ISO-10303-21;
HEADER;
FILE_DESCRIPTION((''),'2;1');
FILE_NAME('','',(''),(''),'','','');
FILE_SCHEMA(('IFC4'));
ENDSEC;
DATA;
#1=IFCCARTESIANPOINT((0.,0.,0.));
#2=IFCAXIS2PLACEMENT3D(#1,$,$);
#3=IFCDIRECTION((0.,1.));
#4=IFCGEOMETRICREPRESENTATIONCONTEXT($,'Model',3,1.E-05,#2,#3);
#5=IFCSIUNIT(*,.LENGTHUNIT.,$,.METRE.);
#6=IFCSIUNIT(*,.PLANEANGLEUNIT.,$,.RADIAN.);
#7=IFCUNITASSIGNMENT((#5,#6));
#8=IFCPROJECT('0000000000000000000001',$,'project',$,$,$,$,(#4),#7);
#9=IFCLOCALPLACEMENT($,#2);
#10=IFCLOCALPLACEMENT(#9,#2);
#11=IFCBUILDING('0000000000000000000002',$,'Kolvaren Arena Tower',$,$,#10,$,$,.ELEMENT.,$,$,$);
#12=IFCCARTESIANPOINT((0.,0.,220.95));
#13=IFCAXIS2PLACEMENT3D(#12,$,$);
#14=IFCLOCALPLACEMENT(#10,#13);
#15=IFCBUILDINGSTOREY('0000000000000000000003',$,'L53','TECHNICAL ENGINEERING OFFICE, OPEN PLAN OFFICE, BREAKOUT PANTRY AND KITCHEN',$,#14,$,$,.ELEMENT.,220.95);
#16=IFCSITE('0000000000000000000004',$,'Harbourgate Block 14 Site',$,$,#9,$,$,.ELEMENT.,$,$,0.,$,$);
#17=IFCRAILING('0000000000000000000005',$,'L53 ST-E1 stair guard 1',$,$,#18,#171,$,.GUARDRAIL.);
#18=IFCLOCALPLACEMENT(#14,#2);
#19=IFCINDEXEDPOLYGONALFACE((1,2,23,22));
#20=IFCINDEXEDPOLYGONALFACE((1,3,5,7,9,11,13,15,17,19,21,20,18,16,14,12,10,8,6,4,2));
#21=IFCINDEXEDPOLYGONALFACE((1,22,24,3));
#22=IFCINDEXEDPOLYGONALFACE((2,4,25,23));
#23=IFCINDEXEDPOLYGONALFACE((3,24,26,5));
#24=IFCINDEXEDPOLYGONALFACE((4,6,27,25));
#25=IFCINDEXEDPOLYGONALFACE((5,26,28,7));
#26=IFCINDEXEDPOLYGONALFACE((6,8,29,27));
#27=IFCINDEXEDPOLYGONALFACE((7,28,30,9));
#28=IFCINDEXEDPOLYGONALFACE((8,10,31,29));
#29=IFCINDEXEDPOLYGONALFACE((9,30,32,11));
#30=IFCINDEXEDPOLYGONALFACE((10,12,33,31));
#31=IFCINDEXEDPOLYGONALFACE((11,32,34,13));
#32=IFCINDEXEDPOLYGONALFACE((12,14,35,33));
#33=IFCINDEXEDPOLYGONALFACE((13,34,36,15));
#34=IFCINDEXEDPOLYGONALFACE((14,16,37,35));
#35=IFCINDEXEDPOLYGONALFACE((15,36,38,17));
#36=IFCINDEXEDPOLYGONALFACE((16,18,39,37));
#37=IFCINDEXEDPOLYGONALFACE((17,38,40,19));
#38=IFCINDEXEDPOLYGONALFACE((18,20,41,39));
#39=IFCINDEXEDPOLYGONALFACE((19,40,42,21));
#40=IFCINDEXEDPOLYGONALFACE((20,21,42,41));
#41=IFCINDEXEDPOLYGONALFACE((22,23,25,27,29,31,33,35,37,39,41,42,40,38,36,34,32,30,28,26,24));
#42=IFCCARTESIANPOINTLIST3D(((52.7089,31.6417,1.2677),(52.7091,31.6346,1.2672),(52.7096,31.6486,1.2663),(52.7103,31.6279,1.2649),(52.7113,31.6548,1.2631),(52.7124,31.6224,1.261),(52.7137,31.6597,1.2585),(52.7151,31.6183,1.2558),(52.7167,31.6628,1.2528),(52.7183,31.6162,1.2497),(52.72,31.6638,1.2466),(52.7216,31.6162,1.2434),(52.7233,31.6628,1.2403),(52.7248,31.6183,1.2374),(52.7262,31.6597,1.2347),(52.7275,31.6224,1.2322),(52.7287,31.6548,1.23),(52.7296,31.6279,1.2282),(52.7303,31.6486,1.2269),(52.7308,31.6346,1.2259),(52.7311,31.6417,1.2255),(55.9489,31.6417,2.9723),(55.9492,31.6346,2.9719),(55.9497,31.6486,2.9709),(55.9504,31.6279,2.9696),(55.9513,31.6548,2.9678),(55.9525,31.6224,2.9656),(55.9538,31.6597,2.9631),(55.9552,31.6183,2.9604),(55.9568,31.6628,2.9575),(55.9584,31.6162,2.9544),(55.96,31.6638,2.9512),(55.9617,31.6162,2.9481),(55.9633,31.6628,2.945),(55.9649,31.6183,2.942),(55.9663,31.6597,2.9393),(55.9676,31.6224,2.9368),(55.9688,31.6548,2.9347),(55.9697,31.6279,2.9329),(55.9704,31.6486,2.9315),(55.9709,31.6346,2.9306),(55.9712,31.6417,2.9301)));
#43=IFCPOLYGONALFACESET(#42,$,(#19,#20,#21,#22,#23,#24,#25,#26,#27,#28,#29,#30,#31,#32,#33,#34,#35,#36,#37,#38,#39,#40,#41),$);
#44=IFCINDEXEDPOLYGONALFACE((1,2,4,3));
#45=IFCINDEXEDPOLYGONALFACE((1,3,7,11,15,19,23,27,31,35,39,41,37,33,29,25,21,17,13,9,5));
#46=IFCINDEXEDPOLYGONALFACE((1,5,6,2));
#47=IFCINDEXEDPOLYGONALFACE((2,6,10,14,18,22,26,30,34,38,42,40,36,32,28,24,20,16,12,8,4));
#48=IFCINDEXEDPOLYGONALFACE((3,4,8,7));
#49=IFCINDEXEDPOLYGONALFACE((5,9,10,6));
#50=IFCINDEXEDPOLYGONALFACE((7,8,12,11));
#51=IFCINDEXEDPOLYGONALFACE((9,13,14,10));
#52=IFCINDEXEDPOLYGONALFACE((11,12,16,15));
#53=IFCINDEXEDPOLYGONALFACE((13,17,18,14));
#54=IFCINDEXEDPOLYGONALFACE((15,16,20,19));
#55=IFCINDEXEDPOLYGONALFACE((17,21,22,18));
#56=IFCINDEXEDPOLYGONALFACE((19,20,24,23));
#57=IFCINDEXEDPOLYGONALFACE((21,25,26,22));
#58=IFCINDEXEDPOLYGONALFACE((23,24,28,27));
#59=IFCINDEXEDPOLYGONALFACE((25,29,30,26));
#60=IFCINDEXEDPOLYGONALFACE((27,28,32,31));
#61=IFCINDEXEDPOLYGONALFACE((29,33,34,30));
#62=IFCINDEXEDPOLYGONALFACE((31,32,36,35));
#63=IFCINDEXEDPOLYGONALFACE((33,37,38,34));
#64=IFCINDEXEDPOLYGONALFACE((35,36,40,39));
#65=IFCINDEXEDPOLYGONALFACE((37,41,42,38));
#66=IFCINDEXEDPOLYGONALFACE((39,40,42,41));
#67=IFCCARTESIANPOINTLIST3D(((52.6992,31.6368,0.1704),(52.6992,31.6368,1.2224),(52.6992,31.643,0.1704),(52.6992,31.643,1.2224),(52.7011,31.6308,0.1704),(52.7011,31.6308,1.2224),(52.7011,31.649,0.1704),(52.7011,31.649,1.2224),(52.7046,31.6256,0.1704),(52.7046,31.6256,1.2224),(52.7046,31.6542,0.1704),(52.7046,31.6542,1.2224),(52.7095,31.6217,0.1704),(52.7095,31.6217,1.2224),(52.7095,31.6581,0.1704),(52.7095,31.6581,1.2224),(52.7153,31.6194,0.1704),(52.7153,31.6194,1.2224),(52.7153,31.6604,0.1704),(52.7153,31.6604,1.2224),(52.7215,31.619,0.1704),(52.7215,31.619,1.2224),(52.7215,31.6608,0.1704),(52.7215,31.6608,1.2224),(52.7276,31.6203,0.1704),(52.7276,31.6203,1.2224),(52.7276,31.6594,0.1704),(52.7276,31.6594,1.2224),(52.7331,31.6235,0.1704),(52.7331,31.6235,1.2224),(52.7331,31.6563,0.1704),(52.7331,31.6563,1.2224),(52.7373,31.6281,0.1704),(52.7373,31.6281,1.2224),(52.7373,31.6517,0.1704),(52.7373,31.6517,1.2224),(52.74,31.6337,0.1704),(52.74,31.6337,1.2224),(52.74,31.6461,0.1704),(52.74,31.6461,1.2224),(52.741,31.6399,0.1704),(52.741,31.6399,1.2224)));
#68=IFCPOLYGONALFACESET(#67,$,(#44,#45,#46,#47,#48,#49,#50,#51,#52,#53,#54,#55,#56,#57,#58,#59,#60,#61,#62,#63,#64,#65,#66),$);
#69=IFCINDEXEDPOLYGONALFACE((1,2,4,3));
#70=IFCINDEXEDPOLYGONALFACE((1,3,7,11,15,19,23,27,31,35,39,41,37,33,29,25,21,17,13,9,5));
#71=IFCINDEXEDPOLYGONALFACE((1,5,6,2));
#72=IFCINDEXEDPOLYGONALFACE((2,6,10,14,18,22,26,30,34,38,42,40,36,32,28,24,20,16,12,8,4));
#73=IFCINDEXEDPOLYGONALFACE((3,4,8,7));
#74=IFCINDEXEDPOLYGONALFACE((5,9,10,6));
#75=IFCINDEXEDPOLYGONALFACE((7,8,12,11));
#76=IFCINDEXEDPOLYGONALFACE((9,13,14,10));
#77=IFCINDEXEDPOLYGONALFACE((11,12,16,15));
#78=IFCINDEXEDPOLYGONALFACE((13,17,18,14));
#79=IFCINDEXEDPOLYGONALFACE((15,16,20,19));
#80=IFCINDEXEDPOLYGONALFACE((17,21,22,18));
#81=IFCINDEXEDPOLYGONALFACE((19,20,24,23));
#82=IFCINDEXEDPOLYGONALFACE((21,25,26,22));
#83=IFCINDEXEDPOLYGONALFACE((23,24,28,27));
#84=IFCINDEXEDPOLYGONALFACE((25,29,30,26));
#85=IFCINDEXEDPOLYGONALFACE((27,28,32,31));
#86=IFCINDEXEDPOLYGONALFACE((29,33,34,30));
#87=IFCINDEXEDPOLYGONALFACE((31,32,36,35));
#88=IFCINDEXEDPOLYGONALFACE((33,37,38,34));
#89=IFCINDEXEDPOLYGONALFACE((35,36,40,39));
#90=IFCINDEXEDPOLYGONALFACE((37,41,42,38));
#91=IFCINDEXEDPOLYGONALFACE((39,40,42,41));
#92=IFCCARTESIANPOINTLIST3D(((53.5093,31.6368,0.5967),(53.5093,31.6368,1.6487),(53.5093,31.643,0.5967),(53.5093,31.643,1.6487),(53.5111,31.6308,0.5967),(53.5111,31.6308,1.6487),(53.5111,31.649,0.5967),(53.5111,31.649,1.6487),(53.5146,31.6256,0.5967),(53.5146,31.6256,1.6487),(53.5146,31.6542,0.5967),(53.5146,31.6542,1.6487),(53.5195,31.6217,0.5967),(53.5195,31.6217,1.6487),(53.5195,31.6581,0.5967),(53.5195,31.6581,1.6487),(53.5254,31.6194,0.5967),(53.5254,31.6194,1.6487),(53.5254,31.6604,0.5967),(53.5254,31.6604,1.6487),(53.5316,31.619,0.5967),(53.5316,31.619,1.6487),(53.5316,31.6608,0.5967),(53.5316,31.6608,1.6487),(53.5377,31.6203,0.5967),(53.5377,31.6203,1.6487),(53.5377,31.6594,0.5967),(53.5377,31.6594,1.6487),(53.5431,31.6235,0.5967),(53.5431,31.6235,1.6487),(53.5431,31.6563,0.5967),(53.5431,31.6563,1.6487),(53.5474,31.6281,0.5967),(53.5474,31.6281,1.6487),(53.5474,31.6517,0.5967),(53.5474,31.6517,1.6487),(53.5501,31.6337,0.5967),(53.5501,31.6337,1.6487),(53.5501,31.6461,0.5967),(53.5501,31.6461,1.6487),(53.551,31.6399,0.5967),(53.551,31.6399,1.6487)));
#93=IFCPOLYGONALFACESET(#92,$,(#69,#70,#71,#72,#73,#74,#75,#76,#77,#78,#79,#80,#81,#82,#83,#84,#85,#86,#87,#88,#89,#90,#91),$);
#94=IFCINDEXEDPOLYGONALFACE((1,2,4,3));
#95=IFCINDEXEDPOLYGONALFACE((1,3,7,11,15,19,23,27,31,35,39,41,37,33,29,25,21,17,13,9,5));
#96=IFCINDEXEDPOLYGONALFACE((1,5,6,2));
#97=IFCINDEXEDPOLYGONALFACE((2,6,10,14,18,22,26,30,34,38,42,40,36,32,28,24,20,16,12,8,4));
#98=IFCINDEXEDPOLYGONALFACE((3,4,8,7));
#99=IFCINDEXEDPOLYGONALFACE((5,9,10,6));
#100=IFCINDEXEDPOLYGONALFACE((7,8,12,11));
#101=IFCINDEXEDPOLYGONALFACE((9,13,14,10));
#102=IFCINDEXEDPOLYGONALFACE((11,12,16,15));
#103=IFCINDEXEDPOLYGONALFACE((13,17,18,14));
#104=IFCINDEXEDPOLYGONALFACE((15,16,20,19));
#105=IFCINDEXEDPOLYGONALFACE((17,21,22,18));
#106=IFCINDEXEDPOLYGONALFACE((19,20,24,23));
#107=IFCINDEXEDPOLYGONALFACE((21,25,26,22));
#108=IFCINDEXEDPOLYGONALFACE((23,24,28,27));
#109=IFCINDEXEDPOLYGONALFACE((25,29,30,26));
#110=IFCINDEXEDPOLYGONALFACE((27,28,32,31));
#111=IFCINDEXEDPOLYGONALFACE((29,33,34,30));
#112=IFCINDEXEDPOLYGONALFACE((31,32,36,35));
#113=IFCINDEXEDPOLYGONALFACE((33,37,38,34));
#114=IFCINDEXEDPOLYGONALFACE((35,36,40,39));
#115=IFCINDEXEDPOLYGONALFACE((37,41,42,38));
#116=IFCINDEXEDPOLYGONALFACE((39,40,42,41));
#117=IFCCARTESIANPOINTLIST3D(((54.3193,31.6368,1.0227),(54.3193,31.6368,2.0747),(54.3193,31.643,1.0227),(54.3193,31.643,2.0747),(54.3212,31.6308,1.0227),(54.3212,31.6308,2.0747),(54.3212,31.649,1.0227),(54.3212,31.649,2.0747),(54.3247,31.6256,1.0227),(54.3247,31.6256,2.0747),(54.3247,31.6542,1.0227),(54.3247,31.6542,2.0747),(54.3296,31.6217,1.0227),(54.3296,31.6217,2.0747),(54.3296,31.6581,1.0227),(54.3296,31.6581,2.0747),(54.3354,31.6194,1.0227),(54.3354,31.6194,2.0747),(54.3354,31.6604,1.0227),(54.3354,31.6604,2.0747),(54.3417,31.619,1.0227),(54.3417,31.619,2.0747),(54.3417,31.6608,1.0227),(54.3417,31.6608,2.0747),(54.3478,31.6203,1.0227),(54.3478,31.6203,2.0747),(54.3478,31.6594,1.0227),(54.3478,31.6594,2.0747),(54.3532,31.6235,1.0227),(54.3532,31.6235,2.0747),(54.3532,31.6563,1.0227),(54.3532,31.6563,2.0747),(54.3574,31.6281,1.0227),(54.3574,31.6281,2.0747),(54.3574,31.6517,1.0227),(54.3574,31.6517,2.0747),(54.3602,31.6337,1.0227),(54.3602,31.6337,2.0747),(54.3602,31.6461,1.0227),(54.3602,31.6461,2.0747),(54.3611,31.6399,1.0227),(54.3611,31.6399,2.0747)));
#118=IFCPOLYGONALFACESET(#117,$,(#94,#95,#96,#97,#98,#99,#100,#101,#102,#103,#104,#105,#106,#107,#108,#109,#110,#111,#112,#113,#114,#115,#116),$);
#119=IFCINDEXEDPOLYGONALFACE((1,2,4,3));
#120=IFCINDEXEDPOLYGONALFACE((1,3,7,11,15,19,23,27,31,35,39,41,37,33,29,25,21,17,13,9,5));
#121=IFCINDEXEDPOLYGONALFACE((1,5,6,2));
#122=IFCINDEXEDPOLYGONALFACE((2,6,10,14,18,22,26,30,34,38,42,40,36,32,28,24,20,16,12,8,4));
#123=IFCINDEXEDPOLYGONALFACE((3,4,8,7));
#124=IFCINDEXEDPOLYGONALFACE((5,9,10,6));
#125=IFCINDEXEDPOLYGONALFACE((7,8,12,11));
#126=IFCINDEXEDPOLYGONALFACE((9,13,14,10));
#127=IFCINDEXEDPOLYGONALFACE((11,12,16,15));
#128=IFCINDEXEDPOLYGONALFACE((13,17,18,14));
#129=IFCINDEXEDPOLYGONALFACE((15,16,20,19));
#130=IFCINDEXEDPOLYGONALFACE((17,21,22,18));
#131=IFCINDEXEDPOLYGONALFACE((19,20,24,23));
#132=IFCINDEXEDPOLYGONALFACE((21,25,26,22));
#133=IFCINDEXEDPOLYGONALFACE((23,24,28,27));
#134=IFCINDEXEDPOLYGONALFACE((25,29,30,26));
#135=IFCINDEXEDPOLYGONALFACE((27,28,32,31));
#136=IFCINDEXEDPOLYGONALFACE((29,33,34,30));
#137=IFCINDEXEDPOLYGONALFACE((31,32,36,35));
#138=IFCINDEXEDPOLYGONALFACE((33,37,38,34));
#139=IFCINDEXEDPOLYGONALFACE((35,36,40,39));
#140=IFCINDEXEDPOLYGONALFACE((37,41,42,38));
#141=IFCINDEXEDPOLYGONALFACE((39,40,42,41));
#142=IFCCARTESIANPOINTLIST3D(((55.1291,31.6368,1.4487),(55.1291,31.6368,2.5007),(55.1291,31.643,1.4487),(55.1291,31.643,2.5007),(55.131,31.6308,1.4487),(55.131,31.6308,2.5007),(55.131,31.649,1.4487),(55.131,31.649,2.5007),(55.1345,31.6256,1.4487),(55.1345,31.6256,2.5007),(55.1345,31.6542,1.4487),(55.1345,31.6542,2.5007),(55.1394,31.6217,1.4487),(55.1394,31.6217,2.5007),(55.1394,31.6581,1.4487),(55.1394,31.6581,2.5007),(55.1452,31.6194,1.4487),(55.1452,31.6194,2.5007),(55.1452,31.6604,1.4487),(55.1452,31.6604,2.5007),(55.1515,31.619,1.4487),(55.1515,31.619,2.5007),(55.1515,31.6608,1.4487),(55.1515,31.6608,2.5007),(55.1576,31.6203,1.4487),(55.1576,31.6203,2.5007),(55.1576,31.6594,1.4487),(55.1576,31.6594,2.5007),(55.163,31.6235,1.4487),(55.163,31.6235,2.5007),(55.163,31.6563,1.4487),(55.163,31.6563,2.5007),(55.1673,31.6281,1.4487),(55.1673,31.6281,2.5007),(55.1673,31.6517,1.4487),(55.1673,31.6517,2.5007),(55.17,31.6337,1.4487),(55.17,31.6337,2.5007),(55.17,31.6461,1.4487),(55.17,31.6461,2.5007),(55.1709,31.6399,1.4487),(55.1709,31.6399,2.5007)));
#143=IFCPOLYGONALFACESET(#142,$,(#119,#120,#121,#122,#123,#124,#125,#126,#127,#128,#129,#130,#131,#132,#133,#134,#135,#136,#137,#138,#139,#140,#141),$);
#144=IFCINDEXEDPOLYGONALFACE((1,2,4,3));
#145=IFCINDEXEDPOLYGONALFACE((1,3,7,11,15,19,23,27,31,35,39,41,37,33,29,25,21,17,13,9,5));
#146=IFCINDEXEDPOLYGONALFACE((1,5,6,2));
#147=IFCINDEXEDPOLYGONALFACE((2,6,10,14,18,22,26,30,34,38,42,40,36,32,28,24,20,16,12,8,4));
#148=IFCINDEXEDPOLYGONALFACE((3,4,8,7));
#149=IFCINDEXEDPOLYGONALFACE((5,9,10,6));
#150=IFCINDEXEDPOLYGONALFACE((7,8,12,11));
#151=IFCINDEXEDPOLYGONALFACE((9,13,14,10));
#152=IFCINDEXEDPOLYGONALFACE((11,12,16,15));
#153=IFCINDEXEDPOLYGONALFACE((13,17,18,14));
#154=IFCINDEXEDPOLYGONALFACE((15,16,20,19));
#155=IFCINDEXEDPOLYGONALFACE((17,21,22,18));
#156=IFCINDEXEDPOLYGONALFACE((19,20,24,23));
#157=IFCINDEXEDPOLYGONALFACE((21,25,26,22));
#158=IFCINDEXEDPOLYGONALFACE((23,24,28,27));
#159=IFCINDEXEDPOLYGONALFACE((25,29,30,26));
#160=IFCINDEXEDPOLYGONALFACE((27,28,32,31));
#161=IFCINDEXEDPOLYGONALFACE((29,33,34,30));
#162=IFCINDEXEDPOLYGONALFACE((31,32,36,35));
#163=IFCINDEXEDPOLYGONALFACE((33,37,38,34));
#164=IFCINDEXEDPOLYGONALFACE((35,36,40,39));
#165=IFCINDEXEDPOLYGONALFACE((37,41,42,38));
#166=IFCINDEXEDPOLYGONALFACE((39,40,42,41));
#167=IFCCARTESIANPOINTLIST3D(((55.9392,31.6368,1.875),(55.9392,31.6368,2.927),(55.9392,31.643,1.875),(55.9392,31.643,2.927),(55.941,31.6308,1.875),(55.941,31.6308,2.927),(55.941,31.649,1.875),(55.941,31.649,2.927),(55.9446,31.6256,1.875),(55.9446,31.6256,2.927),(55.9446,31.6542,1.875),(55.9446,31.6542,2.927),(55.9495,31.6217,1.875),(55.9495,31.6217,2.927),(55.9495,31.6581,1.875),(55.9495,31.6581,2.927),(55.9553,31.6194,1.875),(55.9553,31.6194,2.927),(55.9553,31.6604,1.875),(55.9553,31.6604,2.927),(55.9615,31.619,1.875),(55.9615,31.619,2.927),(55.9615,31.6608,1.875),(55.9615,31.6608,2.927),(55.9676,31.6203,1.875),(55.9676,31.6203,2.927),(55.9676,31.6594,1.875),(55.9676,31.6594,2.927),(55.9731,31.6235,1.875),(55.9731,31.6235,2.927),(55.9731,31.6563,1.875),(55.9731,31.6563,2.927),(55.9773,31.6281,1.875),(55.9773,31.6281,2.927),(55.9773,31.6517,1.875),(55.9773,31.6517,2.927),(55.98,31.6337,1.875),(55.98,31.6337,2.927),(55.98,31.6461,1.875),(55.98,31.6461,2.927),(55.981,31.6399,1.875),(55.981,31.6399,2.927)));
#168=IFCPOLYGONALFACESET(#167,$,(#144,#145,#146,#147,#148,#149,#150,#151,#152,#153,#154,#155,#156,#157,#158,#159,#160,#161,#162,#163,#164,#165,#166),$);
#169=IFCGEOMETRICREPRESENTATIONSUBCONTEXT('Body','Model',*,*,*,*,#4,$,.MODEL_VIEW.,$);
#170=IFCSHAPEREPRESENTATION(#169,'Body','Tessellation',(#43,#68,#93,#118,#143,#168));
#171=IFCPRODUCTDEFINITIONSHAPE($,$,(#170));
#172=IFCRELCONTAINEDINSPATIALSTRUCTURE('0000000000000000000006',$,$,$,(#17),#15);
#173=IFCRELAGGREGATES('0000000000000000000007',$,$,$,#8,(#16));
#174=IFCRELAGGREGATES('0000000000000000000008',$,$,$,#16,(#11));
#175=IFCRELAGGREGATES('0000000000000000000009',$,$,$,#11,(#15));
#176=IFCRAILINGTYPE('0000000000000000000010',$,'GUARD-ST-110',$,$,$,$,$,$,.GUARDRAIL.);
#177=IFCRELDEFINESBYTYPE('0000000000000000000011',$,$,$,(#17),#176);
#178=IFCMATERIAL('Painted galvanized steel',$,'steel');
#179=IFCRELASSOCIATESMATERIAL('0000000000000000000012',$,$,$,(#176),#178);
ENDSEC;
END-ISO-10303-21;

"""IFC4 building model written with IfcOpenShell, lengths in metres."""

from ifc_helpers import new_model, si_unit, direction, frame, origin, origin_2d, place, context, subcontext, project, spatial, circle, extrude, material, type_object, element, save


model = new_model("IFC4")

# Units and contexts
model_context = context("Model", 3, precision=1e-05, world=origin(), true_north=direction((0.0, 1.0)))
body_context = subcontext(model_context, "Body", "Model", "MODEL_VIEW")
ifc_project = project(units=[si_unit("LENGTHUNIT", "METRE"), si_unit("PLANEANGLEUNIT", "RADIAN")], contexts=[model_context])

# Site, building, storey
site_placement = place(None, origin())
site = spatial("IfcSite", under=ifc_project, at=site_placement, Name="Harbourgate Block 14 Site", CompositionType="ELEMENT", RefElevation=0.0)
building_placement = place(site_placement, origin())
building = spatial("IfcBuilding", under=site, at=building_placement, Name="Kolvaren Arena Tower", CompositionType="ELEMENT")
storey_placement = place(building_placement, frame((0.0, 0.0, 220.95)))
storey = spatial("IfcBuildingStorey", under=building, at=storey_placement, Name="L53", Description="TECHNICAL ENGINEERING OFFICE, OPEN PLAN OFFICE, BREAKOUT PANTRY AND KITCHEN", CompositionType="ELEMENT", Elevation=220.95)

# Railing
ifc_material_1 = material(Name="Painted galvanized steel", Category="steel")
railing_type_1 = type_object("IfcRailingType", Name="GUARD-ST-110", PredefinedType="GUARDRAIL", material=ifc_material_1)
railing_1_placement = place(storey_placement, frame((52.72, 31.6399, 0.1704)))
element("IfcRailing", 1, at=railing_1_placement, inside=storey, type_object=railing_type_1, Name="L53 ST-E1 stair guard 1", PredefinedType="GUARDRAIL", context=body_context, shape_type="SweptSolid", body=[
    extrude(circle(Radius=0.0239, at=origin_2d()), frame((0.0, 0.0, 1.0762), z_axis=(0.884993, 0.0, 0.465604), x_axis=(0.0, 1.0, 0.0)), (0.0, 0.0, 1.0), 3.6611),
    extrude(circle(Radius=0.021, at=origin_2d()), origin(), (0.0, 0.0, 1.0), 1.052),
    extrude(circle(Radius=0.021, at=origin_2d()), frame((0.8101, 0.0, 0.4263)), (0.0, 0.0, 1.0), 1.052),
    extrude(circle(Radius=0.021, at=origin_2d()), frame((1.6201, 0.0, 0.8523)), (0.0, 0.0, 1.0), 1.052),
    extrude(circle(Radius=0.021, at=origin_2d()), frame((2.4299, 0.0, 1.2783)), (0.0, 0.0, 1.0), 1.052),
    extrude(circle(Radius=0.021, at=origin_2d()), frame((3.24, 0.0, 1.7046)), (0.0, 0.0, 1.0), 1.052),
])

save(model, "model.ifc")
